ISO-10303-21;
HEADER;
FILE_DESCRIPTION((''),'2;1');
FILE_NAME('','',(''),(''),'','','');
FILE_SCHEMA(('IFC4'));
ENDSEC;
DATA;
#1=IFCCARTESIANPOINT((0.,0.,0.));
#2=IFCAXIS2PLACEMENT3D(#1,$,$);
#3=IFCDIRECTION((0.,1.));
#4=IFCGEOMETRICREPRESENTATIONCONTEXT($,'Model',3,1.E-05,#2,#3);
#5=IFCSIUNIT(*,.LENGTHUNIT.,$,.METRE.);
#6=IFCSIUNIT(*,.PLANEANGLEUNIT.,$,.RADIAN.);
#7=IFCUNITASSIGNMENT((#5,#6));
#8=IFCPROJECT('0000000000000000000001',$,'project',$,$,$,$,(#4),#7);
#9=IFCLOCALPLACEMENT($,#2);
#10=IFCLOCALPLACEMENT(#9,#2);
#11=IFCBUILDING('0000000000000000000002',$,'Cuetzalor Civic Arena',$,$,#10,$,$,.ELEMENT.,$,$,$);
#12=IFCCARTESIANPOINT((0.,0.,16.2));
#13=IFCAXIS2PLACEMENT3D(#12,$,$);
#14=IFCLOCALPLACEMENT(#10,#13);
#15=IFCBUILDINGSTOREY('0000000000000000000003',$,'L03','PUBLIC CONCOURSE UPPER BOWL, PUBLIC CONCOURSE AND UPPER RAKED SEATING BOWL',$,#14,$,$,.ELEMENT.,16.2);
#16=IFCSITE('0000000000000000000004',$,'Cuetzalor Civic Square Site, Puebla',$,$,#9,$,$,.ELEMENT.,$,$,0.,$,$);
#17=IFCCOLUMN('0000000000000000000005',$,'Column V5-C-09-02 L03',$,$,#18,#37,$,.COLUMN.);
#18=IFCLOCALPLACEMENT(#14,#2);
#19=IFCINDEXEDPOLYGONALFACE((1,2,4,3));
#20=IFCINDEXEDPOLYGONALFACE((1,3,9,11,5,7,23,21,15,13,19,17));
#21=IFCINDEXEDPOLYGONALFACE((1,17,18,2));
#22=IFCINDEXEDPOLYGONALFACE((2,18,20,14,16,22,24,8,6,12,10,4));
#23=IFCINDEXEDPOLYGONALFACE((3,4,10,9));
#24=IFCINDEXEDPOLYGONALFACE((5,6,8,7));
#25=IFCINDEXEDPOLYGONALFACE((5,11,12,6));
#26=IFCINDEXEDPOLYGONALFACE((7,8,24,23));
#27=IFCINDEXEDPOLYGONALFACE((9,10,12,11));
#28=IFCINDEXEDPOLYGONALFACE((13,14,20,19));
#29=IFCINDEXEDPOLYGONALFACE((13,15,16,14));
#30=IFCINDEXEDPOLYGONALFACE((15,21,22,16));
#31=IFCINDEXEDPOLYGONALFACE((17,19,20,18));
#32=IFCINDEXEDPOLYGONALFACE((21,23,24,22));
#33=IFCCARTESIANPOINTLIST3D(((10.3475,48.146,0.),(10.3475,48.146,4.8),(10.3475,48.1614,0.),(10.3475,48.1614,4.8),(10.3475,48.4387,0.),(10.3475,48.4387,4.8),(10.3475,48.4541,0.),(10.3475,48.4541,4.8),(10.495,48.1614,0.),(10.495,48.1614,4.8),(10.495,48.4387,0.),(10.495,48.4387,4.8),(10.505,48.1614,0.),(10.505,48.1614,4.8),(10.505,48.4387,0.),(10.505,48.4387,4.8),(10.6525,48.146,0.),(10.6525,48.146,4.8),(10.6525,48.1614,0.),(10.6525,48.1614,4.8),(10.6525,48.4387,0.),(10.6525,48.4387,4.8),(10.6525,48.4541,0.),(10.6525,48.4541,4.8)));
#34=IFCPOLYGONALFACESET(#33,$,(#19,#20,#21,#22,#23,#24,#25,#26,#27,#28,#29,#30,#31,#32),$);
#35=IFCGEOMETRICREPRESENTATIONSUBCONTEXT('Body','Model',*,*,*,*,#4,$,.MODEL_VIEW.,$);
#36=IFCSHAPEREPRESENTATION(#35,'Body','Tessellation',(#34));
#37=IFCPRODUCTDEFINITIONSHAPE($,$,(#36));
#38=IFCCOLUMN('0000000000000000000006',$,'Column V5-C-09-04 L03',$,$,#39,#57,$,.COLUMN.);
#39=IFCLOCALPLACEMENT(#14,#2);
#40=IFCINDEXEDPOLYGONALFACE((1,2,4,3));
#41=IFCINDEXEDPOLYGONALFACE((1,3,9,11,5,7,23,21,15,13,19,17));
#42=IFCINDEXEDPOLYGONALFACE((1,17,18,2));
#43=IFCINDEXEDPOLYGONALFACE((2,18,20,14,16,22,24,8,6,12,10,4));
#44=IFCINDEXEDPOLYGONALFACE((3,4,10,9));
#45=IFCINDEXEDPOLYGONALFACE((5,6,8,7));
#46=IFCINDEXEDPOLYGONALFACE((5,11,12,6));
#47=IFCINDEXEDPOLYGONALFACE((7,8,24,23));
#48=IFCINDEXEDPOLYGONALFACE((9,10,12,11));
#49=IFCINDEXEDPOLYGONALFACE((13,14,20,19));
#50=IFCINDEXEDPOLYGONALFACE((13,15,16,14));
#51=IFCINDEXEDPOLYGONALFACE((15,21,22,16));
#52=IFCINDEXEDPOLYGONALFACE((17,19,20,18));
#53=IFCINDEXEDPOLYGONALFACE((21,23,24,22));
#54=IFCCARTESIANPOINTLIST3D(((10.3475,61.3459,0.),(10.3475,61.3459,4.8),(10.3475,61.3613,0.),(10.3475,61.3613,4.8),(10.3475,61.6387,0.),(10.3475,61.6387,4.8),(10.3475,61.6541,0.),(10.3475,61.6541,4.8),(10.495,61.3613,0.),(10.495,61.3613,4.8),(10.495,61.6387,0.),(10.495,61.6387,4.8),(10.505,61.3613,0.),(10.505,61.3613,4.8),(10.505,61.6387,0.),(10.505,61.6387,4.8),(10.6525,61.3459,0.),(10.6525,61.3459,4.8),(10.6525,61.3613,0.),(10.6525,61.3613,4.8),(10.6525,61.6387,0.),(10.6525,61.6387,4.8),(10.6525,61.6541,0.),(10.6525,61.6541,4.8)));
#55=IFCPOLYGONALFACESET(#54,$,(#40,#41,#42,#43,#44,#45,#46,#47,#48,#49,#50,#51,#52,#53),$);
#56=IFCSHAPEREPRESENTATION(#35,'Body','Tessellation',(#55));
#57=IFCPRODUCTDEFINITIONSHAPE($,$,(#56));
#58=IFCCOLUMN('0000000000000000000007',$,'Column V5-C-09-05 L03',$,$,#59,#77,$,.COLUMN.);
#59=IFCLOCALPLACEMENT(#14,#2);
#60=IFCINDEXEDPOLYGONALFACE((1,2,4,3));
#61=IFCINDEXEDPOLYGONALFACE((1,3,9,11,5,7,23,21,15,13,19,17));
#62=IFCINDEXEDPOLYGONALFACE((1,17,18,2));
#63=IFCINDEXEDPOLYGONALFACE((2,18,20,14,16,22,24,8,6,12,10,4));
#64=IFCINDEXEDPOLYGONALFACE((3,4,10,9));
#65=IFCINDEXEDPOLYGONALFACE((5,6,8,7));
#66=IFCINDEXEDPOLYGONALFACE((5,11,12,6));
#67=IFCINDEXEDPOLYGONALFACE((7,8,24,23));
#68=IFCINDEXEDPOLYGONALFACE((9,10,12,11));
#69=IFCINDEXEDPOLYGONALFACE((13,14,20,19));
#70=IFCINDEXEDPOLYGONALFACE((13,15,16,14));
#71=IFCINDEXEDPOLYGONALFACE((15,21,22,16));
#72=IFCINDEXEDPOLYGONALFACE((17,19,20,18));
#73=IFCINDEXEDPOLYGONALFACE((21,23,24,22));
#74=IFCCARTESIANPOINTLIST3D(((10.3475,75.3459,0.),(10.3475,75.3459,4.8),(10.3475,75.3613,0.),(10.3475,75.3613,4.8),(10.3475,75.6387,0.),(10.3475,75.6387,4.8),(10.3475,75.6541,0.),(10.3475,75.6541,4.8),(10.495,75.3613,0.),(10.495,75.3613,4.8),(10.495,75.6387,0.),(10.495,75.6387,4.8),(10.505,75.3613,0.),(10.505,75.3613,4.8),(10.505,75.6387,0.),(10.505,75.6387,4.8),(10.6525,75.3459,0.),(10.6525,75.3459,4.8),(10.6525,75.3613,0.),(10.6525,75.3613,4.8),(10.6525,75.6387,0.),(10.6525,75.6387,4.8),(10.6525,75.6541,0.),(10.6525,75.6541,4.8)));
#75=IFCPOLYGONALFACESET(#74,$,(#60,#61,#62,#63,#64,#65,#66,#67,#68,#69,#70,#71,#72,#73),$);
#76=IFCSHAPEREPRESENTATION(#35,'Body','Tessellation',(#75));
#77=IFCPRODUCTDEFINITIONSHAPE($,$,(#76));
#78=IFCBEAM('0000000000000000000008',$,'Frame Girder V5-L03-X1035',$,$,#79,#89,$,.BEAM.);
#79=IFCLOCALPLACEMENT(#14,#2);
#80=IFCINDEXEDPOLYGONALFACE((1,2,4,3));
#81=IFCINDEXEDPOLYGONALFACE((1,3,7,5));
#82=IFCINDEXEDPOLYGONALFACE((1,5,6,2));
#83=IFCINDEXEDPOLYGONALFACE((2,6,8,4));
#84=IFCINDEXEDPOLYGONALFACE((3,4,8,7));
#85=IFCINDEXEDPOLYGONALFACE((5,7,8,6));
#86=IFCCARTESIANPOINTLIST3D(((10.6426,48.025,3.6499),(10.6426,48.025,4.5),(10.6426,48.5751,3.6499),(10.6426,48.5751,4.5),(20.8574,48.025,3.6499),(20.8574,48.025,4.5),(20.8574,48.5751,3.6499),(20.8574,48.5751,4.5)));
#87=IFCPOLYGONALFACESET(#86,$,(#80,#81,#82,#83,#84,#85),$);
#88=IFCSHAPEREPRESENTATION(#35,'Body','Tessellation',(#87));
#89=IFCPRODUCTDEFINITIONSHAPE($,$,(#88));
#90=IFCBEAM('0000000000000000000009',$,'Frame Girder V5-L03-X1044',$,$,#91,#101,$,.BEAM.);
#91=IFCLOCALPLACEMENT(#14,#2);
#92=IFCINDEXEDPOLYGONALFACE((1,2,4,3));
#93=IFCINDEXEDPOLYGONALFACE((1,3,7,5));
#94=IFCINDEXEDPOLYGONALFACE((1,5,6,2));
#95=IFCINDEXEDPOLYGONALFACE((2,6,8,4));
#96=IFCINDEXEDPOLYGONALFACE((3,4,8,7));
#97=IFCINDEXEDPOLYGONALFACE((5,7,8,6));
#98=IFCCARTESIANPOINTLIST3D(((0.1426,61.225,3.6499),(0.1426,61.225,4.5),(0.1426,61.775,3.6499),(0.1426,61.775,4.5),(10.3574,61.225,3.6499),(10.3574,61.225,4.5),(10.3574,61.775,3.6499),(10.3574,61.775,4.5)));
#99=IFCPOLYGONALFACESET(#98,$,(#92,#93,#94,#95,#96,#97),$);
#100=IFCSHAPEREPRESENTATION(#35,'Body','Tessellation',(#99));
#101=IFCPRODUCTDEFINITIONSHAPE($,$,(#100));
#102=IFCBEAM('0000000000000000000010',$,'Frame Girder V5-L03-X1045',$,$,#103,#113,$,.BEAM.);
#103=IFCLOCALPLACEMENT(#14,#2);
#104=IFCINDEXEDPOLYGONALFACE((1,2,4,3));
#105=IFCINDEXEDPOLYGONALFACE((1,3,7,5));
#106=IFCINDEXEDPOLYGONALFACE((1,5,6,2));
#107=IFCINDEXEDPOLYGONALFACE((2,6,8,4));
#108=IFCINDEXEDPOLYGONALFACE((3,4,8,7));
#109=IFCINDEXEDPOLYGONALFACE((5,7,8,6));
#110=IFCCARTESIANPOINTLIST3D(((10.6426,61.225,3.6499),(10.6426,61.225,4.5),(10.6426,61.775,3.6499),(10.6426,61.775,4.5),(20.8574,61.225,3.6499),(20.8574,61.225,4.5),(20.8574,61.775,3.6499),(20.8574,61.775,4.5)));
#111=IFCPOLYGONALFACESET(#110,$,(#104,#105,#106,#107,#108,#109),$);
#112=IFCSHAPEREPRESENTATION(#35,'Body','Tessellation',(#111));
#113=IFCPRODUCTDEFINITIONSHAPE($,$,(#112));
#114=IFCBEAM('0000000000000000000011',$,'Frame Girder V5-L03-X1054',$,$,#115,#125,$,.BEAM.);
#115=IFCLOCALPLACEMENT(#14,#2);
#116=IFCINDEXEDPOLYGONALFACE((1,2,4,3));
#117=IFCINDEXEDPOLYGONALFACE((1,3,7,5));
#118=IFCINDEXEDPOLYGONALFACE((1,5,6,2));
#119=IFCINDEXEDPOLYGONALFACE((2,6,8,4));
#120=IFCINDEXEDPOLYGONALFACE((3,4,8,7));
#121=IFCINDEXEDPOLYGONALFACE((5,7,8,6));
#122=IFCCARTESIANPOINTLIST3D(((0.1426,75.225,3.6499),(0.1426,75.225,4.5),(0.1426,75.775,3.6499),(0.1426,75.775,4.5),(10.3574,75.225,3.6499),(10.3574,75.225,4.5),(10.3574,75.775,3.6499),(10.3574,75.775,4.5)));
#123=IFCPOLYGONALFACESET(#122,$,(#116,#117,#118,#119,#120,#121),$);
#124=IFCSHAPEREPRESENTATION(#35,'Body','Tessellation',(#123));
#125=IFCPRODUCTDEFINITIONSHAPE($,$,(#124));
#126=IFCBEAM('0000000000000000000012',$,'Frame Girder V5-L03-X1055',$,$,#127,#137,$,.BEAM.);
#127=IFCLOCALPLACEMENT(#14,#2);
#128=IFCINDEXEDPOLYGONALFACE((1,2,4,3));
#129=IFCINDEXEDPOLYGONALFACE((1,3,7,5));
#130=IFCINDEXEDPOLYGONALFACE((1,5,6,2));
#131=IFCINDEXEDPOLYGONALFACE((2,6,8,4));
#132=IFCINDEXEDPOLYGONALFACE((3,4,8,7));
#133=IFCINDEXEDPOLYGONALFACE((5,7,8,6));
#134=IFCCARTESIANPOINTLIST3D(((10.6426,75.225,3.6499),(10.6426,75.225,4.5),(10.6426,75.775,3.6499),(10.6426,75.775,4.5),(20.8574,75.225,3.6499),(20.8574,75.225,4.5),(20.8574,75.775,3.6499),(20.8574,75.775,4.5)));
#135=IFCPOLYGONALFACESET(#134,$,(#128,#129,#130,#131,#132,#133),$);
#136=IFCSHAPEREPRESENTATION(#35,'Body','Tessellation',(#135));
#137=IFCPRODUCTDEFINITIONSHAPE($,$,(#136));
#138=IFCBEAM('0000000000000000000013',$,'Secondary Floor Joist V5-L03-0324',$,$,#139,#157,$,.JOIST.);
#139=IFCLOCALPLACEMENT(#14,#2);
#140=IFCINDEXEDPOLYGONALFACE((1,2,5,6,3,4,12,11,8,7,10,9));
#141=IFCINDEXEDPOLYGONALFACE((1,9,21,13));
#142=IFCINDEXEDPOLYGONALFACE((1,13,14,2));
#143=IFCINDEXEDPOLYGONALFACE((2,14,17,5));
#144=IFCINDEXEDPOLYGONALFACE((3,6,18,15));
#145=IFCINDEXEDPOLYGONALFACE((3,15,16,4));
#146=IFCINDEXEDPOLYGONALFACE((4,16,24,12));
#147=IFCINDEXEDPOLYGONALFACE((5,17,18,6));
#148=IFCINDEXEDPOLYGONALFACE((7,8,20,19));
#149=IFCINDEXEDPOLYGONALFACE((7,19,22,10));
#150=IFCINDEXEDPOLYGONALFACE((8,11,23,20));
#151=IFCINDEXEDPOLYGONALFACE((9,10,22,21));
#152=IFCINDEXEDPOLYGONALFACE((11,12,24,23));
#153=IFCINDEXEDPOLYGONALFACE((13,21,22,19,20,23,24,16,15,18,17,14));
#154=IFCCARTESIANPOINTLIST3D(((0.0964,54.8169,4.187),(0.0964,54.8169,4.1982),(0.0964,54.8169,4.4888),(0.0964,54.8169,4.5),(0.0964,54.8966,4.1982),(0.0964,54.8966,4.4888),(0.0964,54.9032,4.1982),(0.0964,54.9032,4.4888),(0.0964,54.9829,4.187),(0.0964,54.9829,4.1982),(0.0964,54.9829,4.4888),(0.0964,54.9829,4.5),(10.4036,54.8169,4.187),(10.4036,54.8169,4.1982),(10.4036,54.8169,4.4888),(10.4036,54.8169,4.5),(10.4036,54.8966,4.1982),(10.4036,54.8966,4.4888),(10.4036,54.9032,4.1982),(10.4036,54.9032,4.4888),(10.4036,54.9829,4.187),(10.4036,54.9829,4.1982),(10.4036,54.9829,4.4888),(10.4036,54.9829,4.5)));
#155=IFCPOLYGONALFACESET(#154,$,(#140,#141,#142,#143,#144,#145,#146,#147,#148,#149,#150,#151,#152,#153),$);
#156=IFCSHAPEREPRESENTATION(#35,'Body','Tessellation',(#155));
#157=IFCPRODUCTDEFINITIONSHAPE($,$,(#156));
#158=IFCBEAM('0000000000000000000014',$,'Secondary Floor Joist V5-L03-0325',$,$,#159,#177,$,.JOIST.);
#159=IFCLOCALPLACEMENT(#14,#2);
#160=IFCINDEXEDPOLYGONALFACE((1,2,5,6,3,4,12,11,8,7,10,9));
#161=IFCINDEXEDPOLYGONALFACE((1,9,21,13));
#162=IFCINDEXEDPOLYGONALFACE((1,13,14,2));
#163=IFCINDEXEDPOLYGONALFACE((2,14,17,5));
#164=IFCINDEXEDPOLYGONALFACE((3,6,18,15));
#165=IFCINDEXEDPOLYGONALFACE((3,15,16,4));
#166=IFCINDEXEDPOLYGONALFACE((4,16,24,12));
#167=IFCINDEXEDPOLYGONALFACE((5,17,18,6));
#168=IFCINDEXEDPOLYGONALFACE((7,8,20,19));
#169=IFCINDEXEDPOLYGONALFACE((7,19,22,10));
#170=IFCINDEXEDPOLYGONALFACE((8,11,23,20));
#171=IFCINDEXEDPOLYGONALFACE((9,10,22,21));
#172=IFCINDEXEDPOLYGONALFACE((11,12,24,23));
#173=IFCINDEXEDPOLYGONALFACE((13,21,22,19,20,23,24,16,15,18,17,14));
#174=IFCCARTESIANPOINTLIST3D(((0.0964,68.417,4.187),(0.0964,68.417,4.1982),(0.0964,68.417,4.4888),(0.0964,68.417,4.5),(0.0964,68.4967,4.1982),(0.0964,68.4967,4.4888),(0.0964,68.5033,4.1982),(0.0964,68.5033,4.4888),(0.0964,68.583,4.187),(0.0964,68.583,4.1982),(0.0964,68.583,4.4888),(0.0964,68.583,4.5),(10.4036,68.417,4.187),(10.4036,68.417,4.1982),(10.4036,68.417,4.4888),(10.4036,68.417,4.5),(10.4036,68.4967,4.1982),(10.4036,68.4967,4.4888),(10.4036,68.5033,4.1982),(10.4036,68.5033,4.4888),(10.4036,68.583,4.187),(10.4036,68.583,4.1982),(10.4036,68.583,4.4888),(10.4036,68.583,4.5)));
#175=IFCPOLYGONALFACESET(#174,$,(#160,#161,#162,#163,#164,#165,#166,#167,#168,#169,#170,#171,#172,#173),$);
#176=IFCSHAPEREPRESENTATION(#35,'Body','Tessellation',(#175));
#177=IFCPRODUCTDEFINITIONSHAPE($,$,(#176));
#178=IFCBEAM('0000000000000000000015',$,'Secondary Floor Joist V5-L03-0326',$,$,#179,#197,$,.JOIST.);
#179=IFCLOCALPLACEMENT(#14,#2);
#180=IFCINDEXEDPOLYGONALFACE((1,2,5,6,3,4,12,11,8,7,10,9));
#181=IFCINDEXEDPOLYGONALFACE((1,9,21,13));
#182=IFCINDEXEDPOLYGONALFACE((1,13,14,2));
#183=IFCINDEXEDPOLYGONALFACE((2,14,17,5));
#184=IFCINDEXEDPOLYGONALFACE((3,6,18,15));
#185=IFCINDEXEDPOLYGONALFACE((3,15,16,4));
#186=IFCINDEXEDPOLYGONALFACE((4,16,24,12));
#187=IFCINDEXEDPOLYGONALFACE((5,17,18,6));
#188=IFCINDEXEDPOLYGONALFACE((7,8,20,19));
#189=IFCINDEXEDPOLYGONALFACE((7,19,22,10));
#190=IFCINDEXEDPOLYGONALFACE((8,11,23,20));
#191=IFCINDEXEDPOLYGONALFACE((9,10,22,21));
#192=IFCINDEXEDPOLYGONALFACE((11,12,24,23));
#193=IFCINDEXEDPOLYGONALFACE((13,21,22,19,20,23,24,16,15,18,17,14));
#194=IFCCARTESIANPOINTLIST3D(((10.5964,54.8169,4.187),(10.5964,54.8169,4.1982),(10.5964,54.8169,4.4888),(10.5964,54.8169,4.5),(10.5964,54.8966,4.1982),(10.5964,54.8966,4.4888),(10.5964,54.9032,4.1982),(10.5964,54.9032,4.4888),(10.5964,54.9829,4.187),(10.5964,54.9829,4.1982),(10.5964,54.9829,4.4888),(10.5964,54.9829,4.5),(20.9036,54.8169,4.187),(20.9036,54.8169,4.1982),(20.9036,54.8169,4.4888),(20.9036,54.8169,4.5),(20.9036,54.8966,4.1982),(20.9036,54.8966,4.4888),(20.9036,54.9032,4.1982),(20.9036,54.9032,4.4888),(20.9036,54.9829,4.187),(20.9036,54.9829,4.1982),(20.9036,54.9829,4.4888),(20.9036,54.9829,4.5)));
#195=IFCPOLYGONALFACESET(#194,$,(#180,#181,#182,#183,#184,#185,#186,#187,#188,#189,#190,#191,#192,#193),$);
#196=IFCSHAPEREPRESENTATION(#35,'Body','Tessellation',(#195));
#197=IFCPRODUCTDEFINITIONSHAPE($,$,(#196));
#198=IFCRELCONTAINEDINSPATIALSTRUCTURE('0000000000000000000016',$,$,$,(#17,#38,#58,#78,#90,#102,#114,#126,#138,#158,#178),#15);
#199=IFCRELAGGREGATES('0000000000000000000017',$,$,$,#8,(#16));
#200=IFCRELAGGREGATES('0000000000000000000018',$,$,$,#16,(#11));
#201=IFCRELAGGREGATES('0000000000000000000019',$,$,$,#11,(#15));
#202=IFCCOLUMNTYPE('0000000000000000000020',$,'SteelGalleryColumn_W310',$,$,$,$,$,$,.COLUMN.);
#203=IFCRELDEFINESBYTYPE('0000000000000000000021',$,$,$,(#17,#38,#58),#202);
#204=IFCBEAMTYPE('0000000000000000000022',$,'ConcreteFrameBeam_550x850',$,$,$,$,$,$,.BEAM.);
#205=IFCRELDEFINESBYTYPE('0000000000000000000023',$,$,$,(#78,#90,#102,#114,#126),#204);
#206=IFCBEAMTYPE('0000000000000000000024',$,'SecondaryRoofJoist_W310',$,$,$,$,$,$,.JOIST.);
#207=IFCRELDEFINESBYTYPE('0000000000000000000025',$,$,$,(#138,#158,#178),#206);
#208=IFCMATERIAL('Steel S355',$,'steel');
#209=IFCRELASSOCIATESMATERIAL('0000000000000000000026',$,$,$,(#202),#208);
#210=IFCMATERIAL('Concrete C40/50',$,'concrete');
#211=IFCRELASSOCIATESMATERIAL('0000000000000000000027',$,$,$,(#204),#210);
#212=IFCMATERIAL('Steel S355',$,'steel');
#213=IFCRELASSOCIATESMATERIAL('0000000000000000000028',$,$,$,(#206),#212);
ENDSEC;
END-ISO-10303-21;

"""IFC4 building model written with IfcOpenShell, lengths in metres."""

from ifc_helpers import new_model, si_unit, direction, frame, origin, origin_2d, place, context, subcontext, project, spatial, rectangle, i_section, extrude, material, material_profile, profile_set, type_object, element, save


model = new_model("IFC4")

# Units and contexts
model_context = context("Model", 3, precision=1e-05, world=origin(), true_north=direction((0.0, 1.0)))
body_context = subcontext(model_context, "Body", "Model", "MODEL_VIEW")
ifc_project = project(units=[si_unit("LENGTHUNIT", "METRE"), si_unit("PLANEANGLEUNIT", "RADIAN")], contexts=[model_context])

# Site, building, storey
site_placement = place(None, origin())
site = spatial("IfcSite", under=ifc_project, at=site_placement, Name="Cuetzalor Civic Square Site, Puebla", CompositionType="ELEMENT", RefElevation=0.0)
building_placement = place(site_placement, origin())
building = spatial("IfcBuilding", under=site, at=building_placement, Name="Cuetzalor Civic Arena", CompositionType="ELEMENT")
storey_placement = place(building_placement, frame((0.0, 0.0, 16.2)))
storey = spatial("IfcBuildingStorey", under=building, at=storey_placement, Name="L03", Description="PUBLIC CONCOURSE UPPER BOWL, PUBLIC CONCOURSE AND UPPER RAKED SEATING BOWL", CompositionType="ELEMENT", Elevation=16.2)

# Columns
ifc_material_1 = material(Name="Steel S355", Category="steel")
ifc_material_profile_1 = material_profile(ifc_material_1, i_section(OverallWidth=0.3049, OverallDepth=0.3081, WebThickness=0.01, FlangeThickness=0.0154, at=origin_2d()), Name="W310x97")
ifc_profile_set_1 = profile_set([ifc_material_profile_1], Name="Steel S355")
column_type = type_object("IfcColumnType", Name="SteelGalleryColumn_W310", PredefinedType="COLUMN", material=ifc_profile_set_1)
for number, where, z_axis, x_axis, name in (
    (1, (10.5, 48.3, 0.0), (0.0, 0.0, 1.0), (1.0, 0.0, 0.0), "Column V5-C-09-02 L03"),
    (2, (10.5, 61.5, 0.0), (0.0, 0.0, 1.0), (1.0, 0.0, 0.0), "Column V5-C-09-04 L03"),
    (3, (10.5, 75.5, 0.0), (0.0, 0.0, 1.0), (1.0, 0.0, 0.0), "Column V5-C-09-05 L03"),
):
    element("IfcColumn", number, at=place(storey_placement, frame(where, z_axis=z_axis, x_axis=x_axis)), inside=storey, type_object=column_type, Name=name, PredefinedType="COLUMN", context=body_context, shape_type="SweptSolid", body=[
        extrude(i_section(OverallWidth=0.3049, OverallDepth=0.3081, WebThickness=0.01, FlangeThickness=0.0154, at=origin_2d()), origin(), (0.0, 0.0, 1.0), 4.8),
    ])

# Beams
ifc_material_2 = material(Name="Concrete C40/50", Category="concrete")
ifc_material_profile_2 = material_profile(ifc_material_2, rectangle(XDim=0.55, YDim=0.8501, at=origin_2d()), Name="RC 550x850")
ifc_profile_set_2 = profile_set([ifc_material_profile_2], Name="Concrete C40/50")
beam_type_1 = type_object("IfcBeamType", Name="ConcreteFrameBeam_550x850", PredefinedType="BEAM", material=ifc_profile_set_2)
for number, where, z_axis, x_axis, name in (
    (4, (10.6426, 48.3, 4.075), (1.0, 0.0, 0.0), (0.0, 1.0, 0.0), "Frame Girder V5-L03-X1035"),
    (5, (0.1426, 61.5, 4.075), (1.0, 0.0, 0.0), (0.0, 1.0, 0.0), "Frame Girder V5-L03-X1044"),
    (6, (10.6426, 61.5, 4.075), (1.0, 0.0, 0.0), (0.0, 1.0, 0.0), "Frame Girder V5-L03-X1045"),
    (7, (0.1426, 75.5, 4.075), (1.0, 0.0, 0.0), (0.0, 1.0, 0.0), "Frame Girder V5-L03-X1054"),
    (8, (10.6426, 75.5, 4.075), (1.0, 0.0, 0.0), (0.0, 1.0, 0.0), "Frame Girder V5-L03-X1055"),
):
    element("IfcBeam", number, at=place(storey_placement, frame(where, z_axis=z_axis, x_axis=x_axis)), inside=storey, type_object=beam_type_1, Name=name, PredefinedType="BEAM", context=body_context, shape_type="SweptSolid", body=[
        extrude(rectangle(XDim=0.55, YDim=0.8501, at=origin_2d()), origin(), (0.0, 0.0, 1.0), 10.2148),
    ])
ifc_material_3 = material(Name="Steel S355", Category="steel")
ifc_material_profile_3 = material_profile(ifc_material_3, i_section(OverallWidth=0.166, OverallDepth=0.313, WebThickness=0.0066, FlangeThickness=0.0112, at=origin_2d()), Name="W310x45")
ifc_profile_set_3 = profile_set([ifc_material_profile_3], Name="Steel S355")
beam_type_2 = type_object("IfcBeamType", Name="SecondaryRoofJoist_W310", PredefinedType="JOIST", material=ifc_profile_set_3)
for number, where, z_axis, x_axis, name in (
    (9, (0.0964, 54.8999, 4.3435), (1.0, 0.0, 0.0), (0.0, 1.0, 0.0), "Secondary Floor Joist V5-L03-0324"),
    (10, (0.0964, 68.5, 4.3435), (1.0, 0.0, 0.0), (0.0, 1.0, 0.0), "Secondary Floor Joist V5-L03-0325"),
    (11, (10.5964, 54.8999, 4.3435), (1.0, 0.0, 0.0), (0.0, 1.0, 0.0), "Secondary Floor Joist V5-L03-0326"),
):
    element("IfcBeam", number, at=place(storey_placement, frame(where, z_axis=z_axis, x_axis=x_axis)), inside=storey, type_object=beam_type_2, Name=name, PredefinedType="JOIST", context=body_context, shape_type="SweptSolid", body=[
        extrude(i_section(OverallWidth=0.166, OverallDepth=0.313, WebThickness=0.0066, FlangeThickness=0.0112, at=origin_2d()), origin(), (0.0, 0.0, 1.0), 10.3071),
    ])

save(model, "model.ifc")
